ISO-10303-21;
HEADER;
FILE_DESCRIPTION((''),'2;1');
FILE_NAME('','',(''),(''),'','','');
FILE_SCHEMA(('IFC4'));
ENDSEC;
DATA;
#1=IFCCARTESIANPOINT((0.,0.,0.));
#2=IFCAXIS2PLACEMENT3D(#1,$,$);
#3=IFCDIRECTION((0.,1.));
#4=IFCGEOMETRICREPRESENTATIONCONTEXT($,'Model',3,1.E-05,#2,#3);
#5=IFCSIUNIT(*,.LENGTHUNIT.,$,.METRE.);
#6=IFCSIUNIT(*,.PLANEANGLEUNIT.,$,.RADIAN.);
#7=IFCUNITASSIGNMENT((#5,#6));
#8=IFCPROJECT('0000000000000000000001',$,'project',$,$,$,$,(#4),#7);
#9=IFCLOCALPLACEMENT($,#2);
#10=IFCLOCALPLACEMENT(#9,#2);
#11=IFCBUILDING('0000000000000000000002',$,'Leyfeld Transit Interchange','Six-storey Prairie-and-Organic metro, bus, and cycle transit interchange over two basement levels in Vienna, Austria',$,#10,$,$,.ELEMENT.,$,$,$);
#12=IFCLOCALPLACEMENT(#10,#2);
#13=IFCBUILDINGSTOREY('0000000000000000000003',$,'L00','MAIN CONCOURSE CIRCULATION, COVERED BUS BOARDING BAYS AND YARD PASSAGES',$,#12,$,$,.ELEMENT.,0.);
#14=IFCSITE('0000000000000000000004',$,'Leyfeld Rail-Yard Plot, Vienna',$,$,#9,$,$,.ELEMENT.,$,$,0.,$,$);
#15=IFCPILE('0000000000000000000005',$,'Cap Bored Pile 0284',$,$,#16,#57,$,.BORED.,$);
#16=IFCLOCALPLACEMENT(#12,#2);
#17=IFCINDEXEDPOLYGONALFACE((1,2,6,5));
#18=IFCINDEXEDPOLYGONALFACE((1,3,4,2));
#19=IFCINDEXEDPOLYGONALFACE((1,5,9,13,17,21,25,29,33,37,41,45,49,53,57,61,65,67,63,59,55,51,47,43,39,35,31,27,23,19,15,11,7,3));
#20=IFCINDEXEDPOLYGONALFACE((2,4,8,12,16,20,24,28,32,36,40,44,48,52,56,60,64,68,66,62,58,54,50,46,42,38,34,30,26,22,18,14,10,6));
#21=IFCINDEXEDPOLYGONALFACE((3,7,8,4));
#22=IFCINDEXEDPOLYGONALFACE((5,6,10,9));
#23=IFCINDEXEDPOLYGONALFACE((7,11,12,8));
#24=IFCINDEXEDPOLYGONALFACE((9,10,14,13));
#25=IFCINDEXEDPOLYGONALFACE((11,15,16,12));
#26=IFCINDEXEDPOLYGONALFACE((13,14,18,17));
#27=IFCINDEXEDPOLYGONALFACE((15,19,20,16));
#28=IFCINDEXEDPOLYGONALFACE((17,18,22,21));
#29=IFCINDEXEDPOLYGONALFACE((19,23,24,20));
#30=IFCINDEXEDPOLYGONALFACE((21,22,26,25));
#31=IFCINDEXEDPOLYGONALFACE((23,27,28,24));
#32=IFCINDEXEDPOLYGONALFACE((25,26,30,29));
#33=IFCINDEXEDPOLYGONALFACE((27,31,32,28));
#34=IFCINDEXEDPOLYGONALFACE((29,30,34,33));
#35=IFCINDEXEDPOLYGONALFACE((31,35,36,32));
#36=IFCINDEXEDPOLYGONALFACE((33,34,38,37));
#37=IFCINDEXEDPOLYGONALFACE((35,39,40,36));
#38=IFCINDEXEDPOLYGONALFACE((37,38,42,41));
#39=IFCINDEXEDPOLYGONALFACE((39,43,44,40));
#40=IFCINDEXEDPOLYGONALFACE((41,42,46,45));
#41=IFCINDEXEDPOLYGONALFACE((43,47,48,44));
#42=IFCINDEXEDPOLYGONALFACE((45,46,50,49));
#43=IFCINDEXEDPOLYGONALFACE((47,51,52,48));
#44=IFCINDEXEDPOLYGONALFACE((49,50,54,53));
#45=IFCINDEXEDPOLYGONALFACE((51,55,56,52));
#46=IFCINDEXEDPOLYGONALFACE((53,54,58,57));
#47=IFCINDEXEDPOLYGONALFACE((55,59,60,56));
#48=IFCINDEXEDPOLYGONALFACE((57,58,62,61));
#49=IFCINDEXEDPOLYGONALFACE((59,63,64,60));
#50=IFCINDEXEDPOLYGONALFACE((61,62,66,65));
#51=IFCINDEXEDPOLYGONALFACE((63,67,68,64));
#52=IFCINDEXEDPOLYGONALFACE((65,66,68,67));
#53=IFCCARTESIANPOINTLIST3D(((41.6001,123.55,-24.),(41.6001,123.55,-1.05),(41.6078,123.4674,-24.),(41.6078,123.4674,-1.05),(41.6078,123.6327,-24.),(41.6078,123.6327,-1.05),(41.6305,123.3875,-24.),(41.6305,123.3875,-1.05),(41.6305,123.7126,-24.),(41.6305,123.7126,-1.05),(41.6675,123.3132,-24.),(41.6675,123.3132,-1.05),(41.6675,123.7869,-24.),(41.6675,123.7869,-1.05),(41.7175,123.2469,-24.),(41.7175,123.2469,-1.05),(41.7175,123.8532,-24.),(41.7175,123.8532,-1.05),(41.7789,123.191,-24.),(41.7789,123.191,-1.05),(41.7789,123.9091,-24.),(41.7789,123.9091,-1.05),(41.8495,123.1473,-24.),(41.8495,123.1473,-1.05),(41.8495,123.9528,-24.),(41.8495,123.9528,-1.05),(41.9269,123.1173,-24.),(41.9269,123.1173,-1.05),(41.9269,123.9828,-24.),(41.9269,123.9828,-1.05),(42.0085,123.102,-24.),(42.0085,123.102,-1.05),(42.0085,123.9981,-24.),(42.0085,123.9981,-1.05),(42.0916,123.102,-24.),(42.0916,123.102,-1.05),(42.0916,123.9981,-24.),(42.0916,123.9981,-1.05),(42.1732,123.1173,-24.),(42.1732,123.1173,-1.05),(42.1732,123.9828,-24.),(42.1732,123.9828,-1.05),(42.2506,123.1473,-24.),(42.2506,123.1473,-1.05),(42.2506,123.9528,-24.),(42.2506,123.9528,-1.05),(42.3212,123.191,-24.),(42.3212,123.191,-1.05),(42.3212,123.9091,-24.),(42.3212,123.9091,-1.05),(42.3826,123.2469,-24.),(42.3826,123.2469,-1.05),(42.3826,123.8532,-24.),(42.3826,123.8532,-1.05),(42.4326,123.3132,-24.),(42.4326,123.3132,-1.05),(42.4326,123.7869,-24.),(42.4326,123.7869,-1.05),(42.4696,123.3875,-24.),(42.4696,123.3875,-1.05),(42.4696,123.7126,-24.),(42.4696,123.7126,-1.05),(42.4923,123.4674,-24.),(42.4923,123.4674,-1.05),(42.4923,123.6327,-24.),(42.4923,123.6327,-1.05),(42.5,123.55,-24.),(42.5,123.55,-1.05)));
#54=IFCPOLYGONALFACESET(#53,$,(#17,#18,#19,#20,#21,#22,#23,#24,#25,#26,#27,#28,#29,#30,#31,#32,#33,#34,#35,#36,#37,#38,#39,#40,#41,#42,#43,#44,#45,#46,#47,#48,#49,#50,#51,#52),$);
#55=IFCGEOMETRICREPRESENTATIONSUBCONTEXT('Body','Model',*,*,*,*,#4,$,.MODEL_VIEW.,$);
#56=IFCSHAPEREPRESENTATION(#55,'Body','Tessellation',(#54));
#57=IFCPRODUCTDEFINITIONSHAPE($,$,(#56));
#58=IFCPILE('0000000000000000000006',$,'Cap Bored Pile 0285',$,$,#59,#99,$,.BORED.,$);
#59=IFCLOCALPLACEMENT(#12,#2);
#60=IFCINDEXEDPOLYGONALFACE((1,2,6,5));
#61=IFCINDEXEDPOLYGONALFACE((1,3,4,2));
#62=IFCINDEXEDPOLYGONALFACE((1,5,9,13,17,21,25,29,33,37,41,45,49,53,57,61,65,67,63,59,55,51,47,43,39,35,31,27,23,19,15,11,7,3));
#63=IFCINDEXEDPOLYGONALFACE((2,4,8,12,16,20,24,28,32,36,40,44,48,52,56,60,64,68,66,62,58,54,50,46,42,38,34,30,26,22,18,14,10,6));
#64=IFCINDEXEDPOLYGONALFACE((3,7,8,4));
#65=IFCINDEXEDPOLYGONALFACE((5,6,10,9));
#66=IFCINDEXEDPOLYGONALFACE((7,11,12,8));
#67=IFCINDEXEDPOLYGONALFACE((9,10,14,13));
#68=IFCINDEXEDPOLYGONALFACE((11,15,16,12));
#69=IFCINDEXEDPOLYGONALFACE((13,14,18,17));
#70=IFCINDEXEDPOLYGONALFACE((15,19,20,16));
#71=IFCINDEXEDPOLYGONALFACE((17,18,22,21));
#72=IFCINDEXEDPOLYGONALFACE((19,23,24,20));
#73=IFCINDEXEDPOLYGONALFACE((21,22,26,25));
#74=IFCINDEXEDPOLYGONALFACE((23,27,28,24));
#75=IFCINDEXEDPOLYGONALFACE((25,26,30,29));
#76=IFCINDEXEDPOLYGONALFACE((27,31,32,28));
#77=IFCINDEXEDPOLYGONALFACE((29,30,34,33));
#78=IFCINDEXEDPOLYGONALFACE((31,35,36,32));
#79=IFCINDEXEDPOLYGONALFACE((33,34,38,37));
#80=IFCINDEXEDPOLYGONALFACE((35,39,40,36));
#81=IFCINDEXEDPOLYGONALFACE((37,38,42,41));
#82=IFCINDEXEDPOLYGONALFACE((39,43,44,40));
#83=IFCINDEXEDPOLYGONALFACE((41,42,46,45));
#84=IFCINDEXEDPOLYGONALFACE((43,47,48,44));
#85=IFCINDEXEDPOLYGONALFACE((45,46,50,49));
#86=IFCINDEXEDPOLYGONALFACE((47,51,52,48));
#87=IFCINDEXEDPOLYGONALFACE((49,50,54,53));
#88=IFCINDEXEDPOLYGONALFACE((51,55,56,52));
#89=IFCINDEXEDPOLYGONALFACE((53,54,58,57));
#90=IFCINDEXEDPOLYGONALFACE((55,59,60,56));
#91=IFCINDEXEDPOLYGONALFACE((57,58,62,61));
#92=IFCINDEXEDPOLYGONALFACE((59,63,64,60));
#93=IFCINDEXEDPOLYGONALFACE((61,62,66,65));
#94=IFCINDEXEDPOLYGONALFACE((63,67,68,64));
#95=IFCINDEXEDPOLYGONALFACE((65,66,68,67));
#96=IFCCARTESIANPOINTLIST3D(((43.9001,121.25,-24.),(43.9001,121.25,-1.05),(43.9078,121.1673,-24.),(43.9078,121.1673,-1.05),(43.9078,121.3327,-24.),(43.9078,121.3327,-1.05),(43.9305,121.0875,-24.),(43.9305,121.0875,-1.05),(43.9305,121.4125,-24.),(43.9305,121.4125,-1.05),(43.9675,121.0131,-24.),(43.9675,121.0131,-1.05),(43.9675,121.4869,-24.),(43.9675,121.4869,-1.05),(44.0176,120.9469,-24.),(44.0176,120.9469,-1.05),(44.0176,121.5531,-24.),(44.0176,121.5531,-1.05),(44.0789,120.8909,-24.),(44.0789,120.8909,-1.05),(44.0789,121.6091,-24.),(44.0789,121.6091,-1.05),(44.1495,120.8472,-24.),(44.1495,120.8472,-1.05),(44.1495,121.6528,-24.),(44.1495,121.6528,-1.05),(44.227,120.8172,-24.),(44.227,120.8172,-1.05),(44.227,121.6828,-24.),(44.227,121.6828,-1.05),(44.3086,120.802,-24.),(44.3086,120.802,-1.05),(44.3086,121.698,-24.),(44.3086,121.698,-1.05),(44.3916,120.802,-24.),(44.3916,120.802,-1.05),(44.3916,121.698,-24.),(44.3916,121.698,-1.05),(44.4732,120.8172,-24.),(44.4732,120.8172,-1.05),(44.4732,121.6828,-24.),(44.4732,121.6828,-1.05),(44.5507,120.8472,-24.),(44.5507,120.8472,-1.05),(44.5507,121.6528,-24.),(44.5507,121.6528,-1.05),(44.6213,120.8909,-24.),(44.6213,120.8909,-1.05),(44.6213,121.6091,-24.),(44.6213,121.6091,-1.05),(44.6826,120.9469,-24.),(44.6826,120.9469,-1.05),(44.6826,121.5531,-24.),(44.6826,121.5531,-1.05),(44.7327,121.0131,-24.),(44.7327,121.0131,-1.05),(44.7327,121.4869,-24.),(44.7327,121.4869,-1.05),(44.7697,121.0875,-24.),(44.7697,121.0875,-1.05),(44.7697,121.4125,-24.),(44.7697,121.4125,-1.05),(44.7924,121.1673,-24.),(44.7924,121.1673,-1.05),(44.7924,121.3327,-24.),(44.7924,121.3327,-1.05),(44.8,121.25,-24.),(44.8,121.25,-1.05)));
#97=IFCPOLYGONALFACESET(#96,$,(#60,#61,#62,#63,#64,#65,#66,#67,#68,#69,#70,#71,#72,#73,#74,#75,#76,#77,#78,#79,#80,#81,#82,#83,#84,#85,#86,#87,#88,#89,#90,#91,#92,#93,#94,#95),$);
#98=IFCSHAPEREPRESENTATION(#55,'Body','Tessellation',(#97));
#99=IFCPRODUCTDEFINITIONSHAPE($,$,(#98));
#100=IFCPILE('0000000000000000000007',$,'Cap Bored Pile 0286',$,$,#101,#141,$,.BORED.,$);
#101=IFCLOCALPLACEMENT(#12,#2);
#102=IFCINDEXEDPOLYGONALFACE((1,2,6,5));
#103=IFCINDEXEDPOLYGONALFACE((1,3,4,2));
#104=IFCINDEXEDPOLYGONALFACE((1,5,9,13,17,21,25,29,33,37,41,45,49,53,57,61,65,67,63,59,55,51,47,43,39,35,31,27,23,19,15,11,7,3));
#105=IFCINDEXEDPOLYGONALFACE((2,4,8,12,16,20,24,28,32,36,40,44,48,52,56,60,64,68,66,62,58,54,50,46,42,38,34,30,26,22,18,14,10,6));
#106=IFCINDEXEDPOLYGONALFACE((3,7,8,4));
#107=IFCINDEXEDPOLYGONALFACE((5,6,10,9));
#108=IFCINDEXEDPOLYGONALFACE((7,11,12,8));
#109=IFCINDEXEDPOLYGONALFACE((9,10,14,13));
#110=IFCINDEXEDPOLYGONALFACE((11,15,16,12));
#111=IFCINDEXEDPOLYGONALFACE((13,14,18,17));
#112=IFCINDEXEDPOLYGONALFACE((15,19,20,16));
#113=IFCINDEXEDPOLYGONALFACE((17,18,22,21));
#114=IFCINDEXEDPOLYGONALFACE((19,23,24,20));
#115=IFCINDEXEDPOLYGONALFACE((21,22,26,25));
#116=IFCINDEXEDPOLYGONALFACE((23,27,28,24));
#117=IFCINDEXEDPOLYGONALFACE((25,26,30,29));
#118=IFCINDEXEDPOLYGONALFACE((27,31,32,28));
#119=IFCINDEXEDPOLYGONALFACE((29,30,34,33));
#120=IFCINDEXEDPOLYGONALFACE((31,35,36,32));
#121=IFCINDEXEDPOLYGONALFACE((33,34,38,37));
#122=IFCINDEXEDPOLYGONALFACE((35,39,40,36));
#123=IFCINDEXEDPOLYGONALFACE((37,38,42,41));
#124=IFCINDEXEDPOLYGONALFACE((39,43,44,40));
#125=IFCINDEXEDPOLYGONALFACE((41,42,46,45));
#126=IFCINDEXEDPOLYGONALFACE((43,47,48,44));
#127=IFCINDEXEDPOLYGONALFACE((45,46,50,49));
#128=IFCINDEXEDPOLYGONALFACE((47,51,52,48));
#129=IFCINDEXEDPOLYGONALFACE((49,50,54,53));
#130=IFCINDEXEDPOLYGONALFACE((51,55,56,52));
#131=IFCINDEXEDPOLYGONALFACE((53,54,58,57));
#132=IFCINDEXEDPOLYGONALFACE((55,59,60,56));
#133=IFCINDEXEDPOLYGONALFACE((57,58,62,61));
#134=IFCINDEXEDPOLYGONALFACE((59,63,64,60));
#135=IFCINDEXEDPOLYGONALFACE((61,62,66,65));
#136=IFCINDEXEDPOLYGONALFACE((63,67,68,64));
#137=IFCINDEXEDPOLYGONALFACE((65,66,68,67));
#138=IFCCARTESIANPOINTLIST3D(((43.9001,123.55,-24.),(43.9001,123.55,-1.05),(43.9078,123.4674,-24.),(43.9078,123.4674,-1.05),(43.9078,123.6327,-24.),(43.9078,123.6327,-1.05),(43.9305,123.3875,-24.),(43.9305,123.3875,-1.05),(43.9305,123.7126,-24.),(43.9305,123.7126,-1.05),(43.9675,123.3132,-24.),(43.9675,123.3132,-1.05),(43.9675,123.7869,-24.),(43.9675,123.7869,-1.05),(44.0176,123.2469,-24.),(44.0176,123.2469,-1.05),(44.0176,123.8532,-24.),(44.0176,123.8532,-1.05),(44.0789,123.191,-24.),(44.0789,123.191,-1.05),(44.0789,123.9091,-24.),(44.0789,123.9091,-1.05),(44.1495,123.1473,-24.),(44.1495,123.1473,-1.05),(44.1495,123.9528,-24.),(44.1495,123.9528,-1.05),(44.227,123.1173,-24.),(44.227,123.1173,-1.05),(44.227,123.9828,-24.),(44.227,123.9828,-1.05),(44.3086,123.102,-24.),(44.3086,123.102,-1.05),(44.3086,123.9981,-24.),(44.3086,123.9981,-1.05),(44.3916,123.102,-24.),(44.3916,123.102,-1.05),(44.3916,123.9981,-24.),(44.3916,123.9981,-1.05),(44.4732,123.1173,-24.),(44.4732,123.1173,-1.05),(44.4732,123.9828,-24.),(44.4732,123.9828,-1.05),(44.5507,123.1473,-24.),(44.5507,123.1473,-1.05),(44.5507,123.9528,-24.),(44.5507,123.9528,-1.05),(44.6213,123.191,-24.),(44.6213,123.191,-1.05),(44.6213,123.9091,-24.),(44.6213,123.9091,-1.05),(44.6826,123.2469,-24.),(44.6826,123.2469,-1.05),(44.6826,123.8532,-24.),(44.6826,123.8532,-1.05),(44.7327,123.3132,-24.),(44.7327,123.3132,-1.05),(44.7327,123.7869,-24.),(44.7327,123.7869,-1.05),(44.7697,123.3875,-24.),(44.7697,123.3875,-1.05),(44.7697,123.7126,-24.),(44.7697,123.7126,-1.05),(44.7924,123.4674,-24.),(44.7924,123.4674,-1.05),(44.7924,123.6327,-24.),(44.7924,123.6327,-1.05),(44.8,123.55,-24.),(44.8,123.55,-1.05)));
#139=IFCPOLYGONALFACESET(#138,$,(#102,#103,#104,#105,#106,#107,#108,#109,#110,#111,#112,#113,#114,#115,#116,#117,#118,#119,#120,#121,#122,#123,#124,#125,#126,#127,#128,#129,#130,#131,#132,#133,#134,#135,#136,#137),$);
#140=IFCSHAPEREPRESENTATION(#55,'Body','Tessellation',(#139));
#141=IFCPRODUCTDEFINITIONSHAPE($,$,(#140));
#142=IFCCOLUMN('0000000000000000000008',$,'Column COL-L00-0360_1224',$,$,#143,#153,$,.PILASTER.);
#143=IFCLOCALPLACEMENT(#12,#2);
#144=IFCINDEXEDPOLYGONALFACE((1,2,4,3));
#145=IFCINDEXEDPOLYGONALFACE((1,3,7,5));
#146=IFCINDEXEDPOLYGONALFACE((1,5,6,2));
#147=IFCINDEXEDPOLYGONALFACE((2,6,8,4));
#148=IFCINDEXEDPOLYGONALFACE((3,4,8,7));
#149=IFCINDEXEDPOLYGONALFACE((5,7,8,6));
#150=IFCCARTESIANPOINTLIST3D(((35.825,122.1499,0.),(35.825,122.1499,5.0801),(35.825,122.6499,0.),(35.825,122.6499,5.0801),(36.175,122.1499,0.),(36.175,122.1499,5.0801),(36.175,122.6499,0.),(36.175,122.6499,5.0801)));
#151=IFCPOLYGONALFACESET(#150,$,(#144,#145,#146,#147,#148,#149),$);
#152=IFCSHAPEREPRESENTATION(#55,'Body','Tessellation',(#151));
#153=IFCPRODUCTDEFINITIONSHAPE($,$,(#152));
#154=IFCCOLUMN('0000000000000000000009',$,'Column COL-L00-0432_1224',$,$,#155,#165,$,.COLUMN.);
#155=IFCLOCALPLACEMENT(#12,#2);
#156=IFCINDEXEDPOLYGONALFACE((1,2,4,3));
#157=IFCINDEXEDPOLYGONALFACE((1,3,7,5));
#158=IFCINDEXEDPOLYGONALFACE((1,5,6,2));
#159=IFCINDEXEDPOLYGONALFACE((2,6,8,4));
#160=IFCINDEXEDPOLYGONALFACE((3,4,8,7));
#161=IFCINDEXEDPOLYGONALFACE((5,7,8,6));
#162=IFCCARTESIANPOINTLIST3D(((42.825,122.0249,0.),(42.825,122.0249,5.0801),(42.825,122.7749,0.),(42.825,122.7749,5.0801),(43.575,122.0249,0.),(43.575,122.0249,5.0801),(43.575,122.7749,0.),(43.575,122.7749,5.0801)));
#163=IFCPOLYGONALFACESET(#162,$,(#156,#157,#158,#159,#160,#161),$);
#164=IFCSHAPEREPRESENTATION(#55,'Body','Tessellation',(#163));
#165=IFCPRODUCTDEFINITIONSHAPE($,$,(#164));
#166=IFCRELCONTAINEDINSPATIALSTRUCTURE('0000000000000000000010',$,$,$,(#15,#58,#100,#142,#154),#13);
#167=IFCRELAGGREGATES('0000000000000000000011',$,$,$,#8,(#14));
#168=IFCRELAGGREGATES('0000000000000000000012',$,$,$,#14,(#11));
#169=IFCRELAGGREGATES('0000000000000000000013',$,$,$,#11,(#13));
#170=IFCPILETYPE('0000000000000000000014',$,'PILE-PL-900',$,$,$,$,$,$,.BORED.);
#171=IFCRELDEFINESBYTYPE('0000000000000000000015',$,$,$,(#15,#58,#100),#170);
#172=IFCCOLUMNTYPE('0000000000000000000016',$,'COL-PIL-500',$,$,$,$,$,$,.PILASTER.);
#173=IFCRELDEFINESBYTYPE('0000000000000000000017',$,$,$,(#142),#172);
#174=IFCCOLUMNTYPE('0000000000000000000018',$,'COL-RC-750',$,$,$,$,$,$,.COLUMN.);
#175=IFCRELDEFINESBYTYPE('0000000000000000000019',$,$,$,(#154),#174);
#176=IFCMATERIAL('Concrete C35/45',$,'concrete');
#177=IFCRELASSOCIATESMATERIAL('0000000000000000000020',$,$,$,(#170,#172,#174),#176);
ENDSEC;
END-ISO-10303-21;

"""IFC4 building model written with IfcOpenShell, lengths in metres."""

from ifc_helpers import new_model, si_unit, direction, frame, origin, origin_2d, place, context, subcontext, project, spatial, rectangle, circle, extrude, material, material_profile, profile_set, type_object, element, save


model = new_model("IFC4")

# Units and contexts
model_context = context("Model", 3, precision=1e-05, world=origin(), true_north=direction((0.0, 1.0)))
body_context = subcontext(model_context, "Body", "Model", "MODEL_VIEW")
ifc_project = project(units=[si_unit("LENGTHUNIT", "METRE"), si_unit("PLANEANGLEUNIT", "RADIAN")], contexts=[model_context])

# Site, building, storey
site_placement = place(None, origin())
site = spatial("IfcSite", under=ifc_project, at=site_placement, Name="Leyfeld Rail-Yard Plot, Vienna", CompositionType="ELEMENT", RefElevation=0.0)
building_placement = place(site_placement, origin())
building = spatial("IfcBuilding", under=site, at=building_placement, Name="Leyfeld Transit Interchange", Description="Six-storey Prairie-and-Organic metro, bus, and cycle transit interchange over two basement levels in Vienna, Austria", CompositionType="ELEMENT")
storey_placement = place(building_placement, origin())
storey = spatial("IfcBuildingStorey", under=building, at=storey_placement, Name="L00", Description="MAIN CONCOURSE CIRCULATION, COVERED BUS BOARDING BAYS AND YARD PASSAGES", CompositionType="ELEMENT", Elevation=0.0)

# Shared definitions
ifc_material_1 = material(Name="Concrete C35/45", Category="concrete")

# Piles
ifc_material_profile_1 = material_profile(ifc_material_1, circle(Radius=0.45, at=origin_2d()), Name="PILE D900")
ifc_profile_set_1 = profile_set([ifc_material_profile_1], Name="Concrete C35/45")
pile_type = type_object("IfcPileType", Name="PILE-PL-900", PredefinedType="BORED", material=ifc_profile_set_1)
for number, where, z_axis, x_axis, name in (
    (1, (42.05, 123.55, -1.05), (0.0, 0.0, -1.0), (1.0, 0.0, 0.0), "Cap Bored Pile 0284"),
    (2, (44.3501, 121.25, -1.05), (0.0, 0.0, -1.0), (1.0, 0.0, 0.0), "Cap Bored Pile 0285"),
    (3, (44.3501, 123.55, -1.05), (0.0, 0.0, -1.0), (1.0, 0.0, 0.0), "Cap Bored Pile 0286"),
):
    element("IfcPile", number, at=place(storey_placement, frame(where, z_axis=z_axis, x_axis=x_axis)), inside=storey, type_object=pile_type, Name=name, PredefinedType="BORED", context=body_context, shape_type="SweptSolid", body=[
        extrude(circle(Radius=0.45, at=origin_2d()), origin(), (0.0, 0.0, 1.0), 22.95),
    ])

# Columns
ifc_material_profile_2 = material_profile(ifc_material_1, rectangle(XDim=0.3501, YDim=0.5, at=origin_2d()), Name="RC 500x350")
ifc_profile_set_2 = profile_set([ifc_material_profile_2], Name="Concrete C35/45")
column_type_1 = type_object("IfcColumnType", Name="COL-PIL-500", PredefinedType="PILASTER", material=ifc_profile_set_2)
column_1_placement = place(storey_placement, frame((36.0, 122.3999, 0.0), z_axis=(0.0, 0.0, 1.0), x_axis=(1.0, 0.0, 0.0)))
element("IfcColumn", 4, at=column_1_placement, inside=storey, type_object=column_type_1, Name="Column COL-L00-0360_1224", PredefinedType="PILASTER", context=body_context, shape_type="SweptSolid", body=[
    extrude(rectangle(XDim=0.3501, YDim=0.5, at=origin_2d()), origin(), (0.0, 0.0, 1.0), 5.0801),
])
ifc_material_profile_3 = material_profile(ifc_material_1, rectangle(XDim=0.75, YDim=0.75, at=origin_2d()), Name="RC 750x750")
ifc_profile_set_3 = profile_set([ifc_material_profile_3], Name="Concrete C35/45")
column_type_2 = type_object("IfcColumnType", Name="COL-RC-750", PredefinedType="COLUMN", material=ifc_profile_set_3)
column_2_placement = place(storey_placement, frame((43.2, 122.3999, 0.0), z_axis=(0.0, 0.0, 1.0), x_axis=(1.0, 0.0, 0.0)))
element("IfcColumn", 5, at=column_2_placement, inside=storey, type_object=column_type_2, Name="Column COL-L00-0432_1224", PredefinedType="COLUMN", context=body_context, shape_type="SweptSolid", body=[
    extrude(rectangle(XDim=0.75, YDim=0.75, at=origin_2d()), origin(), (0.0, 0.0, 1.0), 5.0801),
])

save(model, "model.ifc")
